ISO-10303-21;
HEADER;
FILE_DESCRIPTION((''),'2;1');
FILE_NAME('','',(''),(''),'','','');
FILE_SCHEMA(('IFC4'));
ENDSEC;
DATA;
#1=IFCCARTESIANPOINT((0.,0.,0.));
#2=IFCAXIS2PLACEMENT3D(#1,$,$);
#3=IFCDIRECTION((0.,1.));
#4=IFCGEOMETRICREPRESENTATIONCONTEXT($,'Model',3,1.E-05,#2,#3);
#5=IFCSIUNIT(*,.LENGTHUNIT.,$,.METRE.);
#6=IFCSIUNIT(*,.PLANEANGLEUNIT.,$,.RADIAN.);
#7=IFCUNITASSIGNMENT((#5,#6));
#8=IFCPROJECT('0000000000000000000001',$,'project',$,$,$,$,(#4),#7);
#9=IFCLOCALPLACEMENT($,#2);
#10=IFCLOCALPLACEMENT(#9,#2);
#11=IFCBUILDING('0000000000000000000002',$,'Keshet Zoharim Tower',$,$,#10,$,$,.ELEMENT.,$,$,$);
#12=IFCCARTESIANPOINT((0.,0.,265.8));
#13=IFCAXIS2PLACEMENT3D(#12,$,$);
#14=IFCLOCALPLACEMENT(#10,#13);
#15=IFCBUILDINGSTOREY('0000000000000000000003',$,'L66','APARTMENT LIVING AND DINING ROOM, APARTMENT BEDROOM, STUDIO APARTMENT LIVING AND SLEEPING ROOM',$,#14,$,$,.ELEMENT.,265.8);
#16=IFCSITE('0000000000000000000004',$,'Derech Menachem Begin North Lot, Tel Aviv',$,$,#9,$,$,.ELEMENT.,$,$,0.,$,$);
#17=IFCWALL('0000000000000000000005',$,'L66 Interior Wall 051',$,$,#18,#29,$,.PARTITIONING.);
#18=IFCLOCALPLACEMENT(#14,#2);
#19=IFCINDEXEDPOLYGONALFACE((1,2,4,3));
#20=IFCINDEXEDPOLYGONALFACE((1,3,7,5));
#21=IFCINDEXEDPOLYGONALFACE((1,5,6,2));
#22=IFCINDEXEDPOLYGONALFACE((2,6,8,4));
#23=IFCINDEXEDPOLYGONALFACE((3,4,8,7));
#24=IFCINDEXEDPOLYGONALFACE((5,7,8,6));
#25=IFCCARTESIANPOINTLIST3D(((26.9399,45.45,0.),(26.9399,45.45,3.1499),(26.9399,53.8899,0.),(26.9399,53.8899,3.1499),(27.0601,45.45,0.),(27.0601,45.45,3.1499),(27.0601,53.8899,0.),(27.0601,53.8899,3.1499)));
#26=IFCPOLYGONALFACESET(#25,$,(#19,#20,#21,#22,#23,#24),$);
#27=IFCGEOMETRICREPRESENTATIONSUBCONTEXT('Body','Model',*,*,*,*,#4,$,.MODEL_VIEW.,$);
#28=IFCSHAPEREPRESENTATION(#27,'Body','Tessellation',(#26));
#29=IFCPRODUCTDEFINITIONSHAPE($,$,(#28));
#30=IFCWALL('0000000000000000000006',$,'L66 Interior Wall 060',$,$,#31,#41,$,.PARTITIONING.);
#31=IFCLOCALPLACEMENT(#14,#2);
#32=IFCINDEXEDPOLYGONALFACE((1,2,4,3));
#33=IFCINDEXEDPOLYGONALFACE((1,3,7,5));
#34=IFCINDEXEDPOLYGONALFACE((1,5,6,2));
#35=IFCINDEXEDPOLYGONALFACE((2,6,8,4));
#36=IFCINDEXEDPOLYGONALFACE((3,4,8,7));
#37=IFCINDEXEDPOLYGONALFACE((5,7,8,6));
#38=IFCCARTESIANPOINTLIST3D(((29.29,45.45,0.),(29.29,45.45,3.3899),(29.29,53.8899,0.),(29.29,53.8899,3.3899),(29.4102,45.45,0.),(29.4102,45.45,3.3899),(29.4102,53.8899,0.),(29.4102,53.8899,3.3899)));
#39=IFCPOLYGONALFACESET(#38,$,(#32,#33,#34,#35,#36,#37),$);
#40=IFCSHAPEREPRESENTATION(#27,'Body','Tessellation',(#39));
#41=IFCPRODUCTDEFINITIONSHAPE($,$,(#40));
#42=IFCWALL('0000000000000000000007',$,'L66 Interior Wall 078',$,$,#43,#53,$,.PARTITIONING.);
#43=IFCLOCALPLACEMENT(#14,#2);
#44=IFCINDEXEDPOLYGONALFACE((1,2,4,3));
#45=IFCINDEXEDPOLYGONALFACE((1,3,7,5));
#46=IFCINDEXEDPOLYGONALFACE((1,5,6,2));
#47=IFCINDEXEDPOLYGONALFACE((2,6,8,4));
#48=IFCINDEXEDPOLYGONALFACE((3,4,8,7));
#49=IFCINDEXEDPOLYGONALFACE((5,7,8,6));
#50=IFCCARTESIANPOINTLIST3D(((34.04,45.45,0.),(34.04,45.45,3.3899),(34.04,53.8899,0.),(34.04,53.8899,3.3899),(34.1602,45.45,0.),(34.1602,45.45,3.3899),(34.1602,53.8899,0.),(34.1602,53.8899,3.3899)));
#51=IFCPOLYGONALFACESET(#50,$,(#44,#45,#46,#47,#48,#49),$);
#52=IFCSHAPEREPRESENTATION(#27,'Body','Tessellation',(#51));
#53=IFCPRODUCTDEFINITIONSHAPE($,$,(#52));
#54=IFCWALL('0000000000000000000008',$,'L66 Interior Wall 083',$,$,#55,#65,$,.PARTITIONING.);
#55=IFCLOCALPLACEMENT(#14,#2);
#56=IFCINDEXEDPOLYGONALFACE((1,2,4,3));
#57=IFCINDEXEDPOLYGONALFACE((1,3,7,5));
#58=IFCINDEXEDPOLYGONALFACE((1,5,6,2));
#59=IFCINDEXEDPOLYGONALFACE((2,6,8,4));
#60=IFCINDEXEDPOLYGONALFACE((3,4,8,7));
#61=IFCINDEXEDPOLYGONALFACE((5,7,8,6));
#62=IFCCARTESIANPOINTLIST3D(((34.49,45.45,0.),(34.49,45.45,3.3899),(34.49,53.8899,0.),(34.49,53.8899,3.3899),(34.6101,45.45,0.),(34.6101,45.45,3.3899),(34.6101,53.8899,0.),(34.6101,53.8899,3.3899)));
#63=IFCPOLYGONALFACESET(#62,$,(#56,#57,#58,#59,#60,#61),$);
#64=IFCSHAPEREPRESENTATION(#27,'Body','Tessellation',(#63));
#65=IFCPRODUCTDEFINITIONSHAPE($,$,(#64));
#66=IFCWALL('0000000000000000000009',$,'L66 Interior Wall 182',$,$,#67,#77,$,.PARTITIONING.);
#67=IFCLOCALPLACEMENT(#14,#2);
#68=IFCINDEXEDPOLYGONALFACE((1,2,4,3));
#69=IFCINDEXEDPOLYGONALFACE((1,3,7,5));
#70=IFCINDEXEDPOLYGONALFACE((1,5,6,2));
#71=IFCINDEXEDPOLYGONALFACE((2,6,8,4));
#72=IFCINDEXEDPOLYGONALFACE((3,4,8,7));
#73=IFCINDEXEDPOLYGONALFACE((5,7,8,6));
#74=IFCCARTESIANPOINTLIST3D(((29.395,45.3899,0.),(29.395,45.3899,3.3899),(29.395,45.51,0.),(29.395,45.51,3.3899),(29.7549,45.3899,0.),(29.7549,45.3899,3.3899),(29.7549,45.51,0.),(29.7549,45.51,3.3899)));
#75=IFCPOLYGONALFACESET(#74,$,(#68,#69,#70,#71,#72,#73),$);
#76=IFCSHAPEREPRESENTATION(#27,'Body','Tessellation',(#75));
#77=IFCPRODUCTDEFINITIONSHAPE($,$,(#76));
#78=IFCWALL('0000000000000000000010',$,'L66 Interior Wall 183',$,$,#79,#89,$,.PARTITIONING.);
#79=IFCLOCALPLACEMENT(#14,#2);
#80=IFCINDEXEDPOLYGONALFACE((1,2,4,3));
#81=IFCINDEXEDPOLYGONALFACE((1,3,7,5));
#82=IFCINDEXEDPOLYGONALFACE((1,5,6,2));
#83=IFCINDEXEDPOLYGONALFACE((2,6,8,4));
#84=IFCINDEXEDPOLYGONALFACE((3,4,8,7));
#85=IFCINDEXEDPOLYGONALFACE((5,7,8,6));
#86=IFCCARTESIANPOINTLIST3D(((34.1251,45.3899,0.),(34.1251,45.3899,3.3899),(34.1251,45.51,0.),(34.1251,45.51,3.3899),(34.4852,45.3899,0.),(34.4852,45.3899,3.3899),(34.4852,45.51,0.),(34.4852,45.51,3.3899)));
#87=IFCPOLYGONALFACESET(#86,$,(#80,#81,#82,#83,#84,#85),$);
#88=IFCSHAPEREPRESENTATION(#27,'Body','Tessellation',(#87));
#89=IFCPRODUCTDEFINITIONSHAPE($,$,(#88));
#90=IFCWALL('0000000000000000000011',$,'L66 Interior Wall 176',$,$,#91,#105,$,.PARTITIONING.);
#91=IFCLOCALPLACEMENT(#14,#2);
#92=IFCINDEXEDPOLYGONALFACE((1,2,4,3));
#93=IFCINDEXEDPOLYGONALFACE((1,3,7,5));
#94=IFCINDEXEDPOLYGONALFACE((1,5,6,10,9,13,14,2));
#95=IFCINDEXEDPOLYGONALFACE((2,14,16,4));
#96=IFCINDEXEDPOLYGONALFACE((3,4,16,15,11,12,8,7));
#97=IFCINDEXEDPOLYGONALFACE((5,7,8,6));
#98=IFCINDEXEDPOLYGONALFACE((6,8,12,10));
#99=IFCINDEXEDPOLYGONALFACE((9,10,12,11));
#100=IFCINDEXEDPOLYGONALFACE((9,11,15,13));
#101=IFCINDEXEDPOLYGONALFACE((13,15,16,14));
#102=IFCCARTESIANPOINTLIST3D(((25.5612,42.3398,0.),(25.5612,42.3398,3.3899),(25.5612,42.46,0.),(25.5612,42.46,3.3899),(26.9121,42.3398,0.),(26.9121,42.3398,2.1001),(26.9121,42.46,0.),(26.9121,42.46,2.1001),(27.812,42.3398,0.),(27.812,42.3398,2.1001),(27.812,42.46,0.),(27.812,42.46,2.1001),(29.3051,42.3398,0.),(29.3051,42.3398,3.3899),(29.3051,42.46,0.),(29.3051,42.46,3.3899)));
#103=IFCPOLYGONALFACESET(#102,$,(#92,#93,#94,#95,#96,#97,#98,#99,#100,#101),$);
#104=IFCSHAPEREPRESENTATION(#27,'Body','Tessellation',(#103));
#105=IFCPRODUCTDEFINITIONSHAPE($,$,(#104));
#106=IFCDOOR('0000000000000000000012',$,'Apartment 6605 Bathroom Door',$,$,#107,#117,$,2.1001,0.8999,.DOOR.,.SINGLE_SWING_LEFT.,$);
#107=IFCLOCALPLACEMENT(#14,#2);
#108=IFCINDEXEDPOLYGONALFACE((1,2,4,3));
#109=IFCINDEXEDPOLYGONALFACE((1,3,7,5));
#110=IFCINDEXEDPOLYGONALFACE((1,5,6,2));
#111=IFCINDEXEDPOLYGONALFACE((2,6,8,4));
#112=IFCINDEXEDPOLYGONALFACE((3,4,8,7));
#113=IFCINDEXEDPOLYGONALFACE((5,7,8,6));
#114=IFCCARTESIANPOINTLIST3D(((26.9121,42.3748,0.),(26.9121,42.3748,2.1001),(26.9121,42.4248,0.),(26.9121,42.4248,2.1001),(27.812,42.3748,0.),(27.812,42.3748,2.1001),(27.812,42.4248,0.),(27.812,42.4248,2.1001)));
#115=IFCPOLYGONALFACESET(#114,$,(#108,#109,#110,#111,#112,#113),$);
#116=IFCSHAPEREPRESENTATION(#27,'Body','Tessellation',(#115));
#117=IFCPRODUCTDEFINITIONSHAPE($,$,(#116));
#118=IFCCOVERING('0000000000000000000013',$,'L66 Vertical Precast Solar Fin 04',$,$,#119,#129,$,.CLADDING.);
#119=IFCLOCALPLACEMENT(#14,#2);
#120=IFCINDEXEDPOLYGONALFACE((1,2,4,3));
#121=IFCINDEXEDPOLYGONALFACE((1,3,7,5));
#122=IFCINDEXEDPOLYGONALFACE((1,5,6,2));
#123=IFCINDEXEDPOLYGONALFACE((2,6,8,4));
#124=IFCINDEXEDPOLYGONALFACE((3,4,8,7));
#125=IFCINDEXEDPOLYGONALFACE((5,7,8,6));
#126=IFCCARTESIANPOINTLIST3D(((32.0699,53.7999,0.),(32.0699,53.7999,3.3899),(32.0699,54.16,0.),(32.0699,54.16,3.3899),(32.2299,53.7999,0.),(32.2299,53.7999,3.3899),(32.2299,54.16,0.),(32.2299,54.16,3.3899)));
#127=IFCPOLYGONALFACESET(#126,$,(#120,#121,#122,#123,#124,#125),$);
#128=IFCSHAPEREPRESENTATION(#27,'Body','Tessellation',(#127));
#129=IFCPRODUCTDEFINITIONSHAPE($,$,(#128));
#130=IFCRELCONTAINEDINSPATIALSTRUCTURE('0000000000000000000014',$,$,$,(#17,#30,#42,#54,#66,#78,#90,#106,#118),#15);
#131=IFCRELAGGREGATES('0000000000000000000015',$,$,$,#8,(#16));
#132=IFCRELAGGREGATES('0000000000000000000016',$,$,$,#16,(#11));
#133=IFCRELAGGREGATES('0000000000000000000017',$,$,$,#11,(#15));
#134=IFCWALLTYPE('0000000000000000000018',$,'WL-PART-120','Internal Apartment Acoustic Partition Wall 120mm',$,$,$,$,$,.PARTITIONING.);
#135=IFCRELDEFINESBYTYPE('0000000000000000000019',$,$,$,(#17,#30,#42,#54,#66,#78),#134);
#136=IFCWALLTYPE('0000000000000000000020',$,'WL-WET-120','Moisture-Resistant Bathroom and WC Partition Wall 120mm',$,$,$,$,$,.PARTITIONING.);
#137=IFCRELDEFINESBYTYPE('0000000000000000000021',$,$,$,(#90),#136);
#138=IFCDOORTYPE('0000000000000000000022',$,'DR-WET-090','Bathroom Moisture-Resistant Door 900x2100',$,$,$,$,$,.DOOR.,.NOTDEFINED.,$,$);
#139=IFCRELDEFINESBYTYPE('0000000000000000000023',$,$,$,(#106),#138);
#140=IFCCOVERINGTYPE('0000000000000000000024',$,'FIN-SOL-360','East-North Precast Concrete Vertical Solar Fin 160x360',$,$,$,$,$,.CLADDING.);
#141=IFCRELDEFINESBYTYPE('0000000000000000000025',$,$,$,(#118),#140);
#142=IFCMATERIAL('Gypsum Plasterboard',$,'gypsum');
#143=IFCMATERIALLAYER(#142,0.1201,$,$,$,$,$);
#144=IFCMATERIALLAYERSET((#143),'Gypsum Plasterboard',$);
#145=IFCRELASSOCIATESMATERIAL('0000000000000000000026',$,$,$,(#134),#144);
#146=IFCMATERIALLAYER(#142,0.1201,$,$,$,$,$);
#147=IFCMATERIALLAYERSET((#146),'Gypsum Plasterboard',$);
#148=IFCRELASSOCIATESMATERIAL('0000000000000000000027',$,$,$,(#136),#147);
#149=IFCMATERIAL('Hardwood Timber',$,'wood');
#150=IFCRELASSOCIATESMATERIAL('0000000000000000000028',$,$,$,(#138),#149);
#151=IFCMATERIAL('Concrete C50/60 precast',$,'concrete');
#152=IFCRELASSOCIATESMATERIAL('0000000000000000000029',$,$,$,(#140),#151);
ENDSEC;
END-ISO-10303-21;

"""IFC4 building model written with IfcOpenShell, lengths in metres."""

from ifc_helpers import new_model, si_unit, direction, frame, frame_2d, origin, origin_2d, place, context, subcontext, project, spatial, rectangle, extrude, material, layer, layer_set, type_object, element, fill, save


model = new_model("IFC4")

# Units and contexts
model_context = context("Model", 3, precision=1e-05, world=origin(), true_north=direction((0.0, 1.0)))
body_context = subcontext(model_context, "Body", "Model", "MODEL_VIEW")
ifc_project = project(units=[si_unit("LENGTHUNIT", "METRE"), si_unit("PLANEANGLEUNIT", "RADIAN")], contexts=[model_context])

# Site, building, storey
site_placement = place(None, origin())
site = spatial("IfcSite", under=ifc_project, at=site_placement, Name="Derech Menachem Begin North Lot, Tel Aviv", CompositionType="ELEMENT", RefElevation=0.0)
building_placement = place(site_placement, origin())
building = spatial("IfcBuilding", under=site, at=building_placement, Name="Keshet Zoharim Tower", CompositionType="ELEMENT")
storey_placement = place(building_placement, frame((0.0, 0.0, 265.8)))
storey = spatial("IfcBuildingStorey", under=building, at=storey_placement, Name="L66", Description="APARTMENT LIVING AND DINING ROOM, APARTMENT BEDROOM, STUDIO APARTMENT LIVING AND SLEEPING ROOM", CompositionType="ELEMENT", Elevation=265.8)

# Walls
ifc_material_1 = material(Name="Gypsum Plasterboard", Category="gypsum")
ifc_layer_1 = layer(ifc_material_1, 0.1201)
ifc_layer_set_1 = layer_set([ifc_layer_1], Name="Gypsum Plasterboard")
wall_type_1 = type_object("IfcWallType", Name="WL-PART-120", Description="Internal Apartment Acoustic Partition Wall 120mm", PredefinedType="PARTITIONING", material=ifc_layer_set_1)
wall_1_placement = place(storey_placement, frame((27.0, 45.45, 0.0), z_axis=(0.0, 0.0, 1.0), x_axis=(0.0, 1.0, 0.0)))
element("IfcWall", 1, at=wall_1_placement, inside=storey, type_object=wall_type_1, Name="L66 Interior Wall 051", PredefinedType="PARTITIONING", context=body_context, shape_type="SweptSolid", body=[
    extrude(rectangle(XDim=8.4399, YDim=0.1201, at=frame_2d((4.22, 0.0))), origin(), (0.0, 0.0, 1.0), 3.1499),
])
for number, where, z_axis, x_axis, name in (
    (2, (29.3501, 45.45, 0.0), (0.0, 0.0, 1.0), (0.0, 1.0, 0.0), "L66 Interior Wall 060"),
    (3, (34.1001, 45.45, 0.0), (0.0, 0.0, 1.0), (0.0, 1.0, 0.0), "L66 Interior Wall 078"),
    (4, (34.55, 45.45, 0.0), (0.0, 0.0, 1.0), (0.0, 1.0, 0.0), "L66 Interior Wall 083"),
):
    element("IfcWall", number, at=place(storey_placement, frame(where, z_axis=z_axis, x_axis=x_axis)), inside=storey, type_object=wall_type_1, Name=name, PredefinedType="PARTITIONING", context=body_context, shape_type="SweptSolid", body=[
        extrude(rectangle(XDim=8.4399, YDim=0.1201, at=frame_2d((4.22, 0.0))), origin(), (0.0, 0.0, 1.0), 3.3899),
    ])

# Shared definitions
ifc_material_2 = material(Name="Hardwood Timber", Category="wood")

# Walls
wall_2_placement = place(storey_placement, frame((29.395, 45.45, 0.0), z_axis=(0.0, 0.0, 1.0), x_axis=(1.0, 0.0, 0.0)))
element("IfcWall", 5, at=wall_2_placement, inside=storey, type_object=wall_type_1, Name="L66 Interior Wall 182", PredefinedType="PARTITIONING", context=body_context, shape_type="SweptSolid", body=[
    extrude(rectangle(XDim=0.3599, YDim=0.1201, at=frame_2d((0.1799, 0.0))), origin(), (0.0, 0.0, 1.0), 3.3899),
])
wall_3_placement = place(storey_placement, frame((34.125, 45.45, 0.0), z_axis=(0.0, 0.0, 1.0), x_axis=(1.0, 0.0, 0.0)))
element("IfcWall", 6, at=wall_3_placement, inside=storey, type_object=wall_type_1, Name="L66 Interior Wall 183", PredefinedType="PARTITIONING", context=body_context, shape_type="SweptSolid", body=[
    extrude(rectangle(XDim=0.3601, YDim=0.1201, at=frame_2d((0.1802, 0.0))), origin(), (0.0, 0.0, 1.0), 3.3899),
])

# Wall, opening, door
ifc_layer_2 = layer(ifc_material_1, 0.1201)
ifc_layer_set_2 = layer_set([ifc_layer_2], Name="Gypsum Plasterboard")
wall_type_2 = type_object("IfcWallType", Name="WL-WET-120", Description="Moisture-Resistant Bathroom and WC Partition Wall 120mm", PredefinedType="PARTITIONING", material=ifc_layer_set_2)
wall_4_placement = place(storey_placement, frame((25.561, 42.3999, 0.0), z_axis=(0.0, 0.0, 1.0), x_axis=(1.0, 0.0, 0.0)))
wall_4 = element("IfcWall", 7, at=wall_4_placement, inside=storey, type_object=wall_type_2, Name="L66 Interior Wall 176", PredefinedType="PARTITIONING", context=body_context, shape_type="SweptSolid", body=[
    extrude(rectangle(XDim=3.7439, YDim=0.1201, at=frame_2d((1.8721, 0.0))), origin(), (0.0, 0.0, 1.0), 3.3899),
])
opening_1_placement = place(wall_4_placement, frame((1.3511, 0.0, 0.0)))
opening_1 = element("IfcOpeningElement", 8, at=opening_1_placement, cuts=wall_4, PredefinedType="OPENING", context=body_context, shape_type="SweptSolid", body=[
    extrude(rectangle(XDim=0.8999, YDim=2.1001, at=frame_2d((0.45, 1.05))), frame((0.0, 0.0701, 0.0), z_axis=(0.0, -1.0, 0.0), x_axis=(1.0, 0.0, 0.0)), (0.0, 0.0, 1.0), 0.1401),
])
door_type_1 = type_object("IfcDoorType", Name="DR-WET-090", Description="Bathroom Moisture-Resistant Door 900x2100", OperationType="NOTDEFINED", PredefinedType="DOOR", material=ifc_material_2)
door_1_placement = place(opening_1_placement, origin())
door_1 = element("IfcDoor", 9, at=door_1_placement, inside=storey, type_object=door_type_1, Name="Apartment 6605 Bathroom Door", OperationType="SINGLE_SWING_LEFT", OverallHeight=2.1001, OverallWidth=0.8999, PredefinedType="DOOR", context=body_context, shape_type="SweptSolid", body=[
    extrude(rectangle(XDim=0.8999, YDim=2.1001, at=frame_2d((0.45, 1.05))), frame((0.0, 0.0249, 0.0), z_axis=(0.0, -1.0, 0.0), x_axis=(1.0, 0.0, 0.0)), (0.0, 0.0, 1.0), 0.05),
])
fill(opening_1, door_1)

# Covering
ifc_material_3 = material(Name="Concrete C50/60 precast", Category="concrete")
covering_type = type_object("IfcCoveringType", Name="FIN-SOL-360", Description="East-North Precast Concrete Vertical Solar Fin 160x360", PredefinedType="CLADDING", material=ifc_material_3)
covering_placement = place(storey_placement, frame((32.1499, 53.98, 0.0), z_axis=(0.0, 0.0, 1.0), x_axis=(1.0, 0.0, 0.0)))
element("IfcCovering", 10, at=covering_placement, inside=storey, type_object=covering_type, Name="L66 Vertical Precast Solar Fin 04", PredefinedType="CLADDING", context=body_context, shape_type="SweptSolid", body=[
    extrude(rectangle(XDim=0.1599, YDim=0.3601, at=origin_2d()), origin(), (0.0, 0.0, 1.0), 3.3899),
])

save(model, "model.ifc")
